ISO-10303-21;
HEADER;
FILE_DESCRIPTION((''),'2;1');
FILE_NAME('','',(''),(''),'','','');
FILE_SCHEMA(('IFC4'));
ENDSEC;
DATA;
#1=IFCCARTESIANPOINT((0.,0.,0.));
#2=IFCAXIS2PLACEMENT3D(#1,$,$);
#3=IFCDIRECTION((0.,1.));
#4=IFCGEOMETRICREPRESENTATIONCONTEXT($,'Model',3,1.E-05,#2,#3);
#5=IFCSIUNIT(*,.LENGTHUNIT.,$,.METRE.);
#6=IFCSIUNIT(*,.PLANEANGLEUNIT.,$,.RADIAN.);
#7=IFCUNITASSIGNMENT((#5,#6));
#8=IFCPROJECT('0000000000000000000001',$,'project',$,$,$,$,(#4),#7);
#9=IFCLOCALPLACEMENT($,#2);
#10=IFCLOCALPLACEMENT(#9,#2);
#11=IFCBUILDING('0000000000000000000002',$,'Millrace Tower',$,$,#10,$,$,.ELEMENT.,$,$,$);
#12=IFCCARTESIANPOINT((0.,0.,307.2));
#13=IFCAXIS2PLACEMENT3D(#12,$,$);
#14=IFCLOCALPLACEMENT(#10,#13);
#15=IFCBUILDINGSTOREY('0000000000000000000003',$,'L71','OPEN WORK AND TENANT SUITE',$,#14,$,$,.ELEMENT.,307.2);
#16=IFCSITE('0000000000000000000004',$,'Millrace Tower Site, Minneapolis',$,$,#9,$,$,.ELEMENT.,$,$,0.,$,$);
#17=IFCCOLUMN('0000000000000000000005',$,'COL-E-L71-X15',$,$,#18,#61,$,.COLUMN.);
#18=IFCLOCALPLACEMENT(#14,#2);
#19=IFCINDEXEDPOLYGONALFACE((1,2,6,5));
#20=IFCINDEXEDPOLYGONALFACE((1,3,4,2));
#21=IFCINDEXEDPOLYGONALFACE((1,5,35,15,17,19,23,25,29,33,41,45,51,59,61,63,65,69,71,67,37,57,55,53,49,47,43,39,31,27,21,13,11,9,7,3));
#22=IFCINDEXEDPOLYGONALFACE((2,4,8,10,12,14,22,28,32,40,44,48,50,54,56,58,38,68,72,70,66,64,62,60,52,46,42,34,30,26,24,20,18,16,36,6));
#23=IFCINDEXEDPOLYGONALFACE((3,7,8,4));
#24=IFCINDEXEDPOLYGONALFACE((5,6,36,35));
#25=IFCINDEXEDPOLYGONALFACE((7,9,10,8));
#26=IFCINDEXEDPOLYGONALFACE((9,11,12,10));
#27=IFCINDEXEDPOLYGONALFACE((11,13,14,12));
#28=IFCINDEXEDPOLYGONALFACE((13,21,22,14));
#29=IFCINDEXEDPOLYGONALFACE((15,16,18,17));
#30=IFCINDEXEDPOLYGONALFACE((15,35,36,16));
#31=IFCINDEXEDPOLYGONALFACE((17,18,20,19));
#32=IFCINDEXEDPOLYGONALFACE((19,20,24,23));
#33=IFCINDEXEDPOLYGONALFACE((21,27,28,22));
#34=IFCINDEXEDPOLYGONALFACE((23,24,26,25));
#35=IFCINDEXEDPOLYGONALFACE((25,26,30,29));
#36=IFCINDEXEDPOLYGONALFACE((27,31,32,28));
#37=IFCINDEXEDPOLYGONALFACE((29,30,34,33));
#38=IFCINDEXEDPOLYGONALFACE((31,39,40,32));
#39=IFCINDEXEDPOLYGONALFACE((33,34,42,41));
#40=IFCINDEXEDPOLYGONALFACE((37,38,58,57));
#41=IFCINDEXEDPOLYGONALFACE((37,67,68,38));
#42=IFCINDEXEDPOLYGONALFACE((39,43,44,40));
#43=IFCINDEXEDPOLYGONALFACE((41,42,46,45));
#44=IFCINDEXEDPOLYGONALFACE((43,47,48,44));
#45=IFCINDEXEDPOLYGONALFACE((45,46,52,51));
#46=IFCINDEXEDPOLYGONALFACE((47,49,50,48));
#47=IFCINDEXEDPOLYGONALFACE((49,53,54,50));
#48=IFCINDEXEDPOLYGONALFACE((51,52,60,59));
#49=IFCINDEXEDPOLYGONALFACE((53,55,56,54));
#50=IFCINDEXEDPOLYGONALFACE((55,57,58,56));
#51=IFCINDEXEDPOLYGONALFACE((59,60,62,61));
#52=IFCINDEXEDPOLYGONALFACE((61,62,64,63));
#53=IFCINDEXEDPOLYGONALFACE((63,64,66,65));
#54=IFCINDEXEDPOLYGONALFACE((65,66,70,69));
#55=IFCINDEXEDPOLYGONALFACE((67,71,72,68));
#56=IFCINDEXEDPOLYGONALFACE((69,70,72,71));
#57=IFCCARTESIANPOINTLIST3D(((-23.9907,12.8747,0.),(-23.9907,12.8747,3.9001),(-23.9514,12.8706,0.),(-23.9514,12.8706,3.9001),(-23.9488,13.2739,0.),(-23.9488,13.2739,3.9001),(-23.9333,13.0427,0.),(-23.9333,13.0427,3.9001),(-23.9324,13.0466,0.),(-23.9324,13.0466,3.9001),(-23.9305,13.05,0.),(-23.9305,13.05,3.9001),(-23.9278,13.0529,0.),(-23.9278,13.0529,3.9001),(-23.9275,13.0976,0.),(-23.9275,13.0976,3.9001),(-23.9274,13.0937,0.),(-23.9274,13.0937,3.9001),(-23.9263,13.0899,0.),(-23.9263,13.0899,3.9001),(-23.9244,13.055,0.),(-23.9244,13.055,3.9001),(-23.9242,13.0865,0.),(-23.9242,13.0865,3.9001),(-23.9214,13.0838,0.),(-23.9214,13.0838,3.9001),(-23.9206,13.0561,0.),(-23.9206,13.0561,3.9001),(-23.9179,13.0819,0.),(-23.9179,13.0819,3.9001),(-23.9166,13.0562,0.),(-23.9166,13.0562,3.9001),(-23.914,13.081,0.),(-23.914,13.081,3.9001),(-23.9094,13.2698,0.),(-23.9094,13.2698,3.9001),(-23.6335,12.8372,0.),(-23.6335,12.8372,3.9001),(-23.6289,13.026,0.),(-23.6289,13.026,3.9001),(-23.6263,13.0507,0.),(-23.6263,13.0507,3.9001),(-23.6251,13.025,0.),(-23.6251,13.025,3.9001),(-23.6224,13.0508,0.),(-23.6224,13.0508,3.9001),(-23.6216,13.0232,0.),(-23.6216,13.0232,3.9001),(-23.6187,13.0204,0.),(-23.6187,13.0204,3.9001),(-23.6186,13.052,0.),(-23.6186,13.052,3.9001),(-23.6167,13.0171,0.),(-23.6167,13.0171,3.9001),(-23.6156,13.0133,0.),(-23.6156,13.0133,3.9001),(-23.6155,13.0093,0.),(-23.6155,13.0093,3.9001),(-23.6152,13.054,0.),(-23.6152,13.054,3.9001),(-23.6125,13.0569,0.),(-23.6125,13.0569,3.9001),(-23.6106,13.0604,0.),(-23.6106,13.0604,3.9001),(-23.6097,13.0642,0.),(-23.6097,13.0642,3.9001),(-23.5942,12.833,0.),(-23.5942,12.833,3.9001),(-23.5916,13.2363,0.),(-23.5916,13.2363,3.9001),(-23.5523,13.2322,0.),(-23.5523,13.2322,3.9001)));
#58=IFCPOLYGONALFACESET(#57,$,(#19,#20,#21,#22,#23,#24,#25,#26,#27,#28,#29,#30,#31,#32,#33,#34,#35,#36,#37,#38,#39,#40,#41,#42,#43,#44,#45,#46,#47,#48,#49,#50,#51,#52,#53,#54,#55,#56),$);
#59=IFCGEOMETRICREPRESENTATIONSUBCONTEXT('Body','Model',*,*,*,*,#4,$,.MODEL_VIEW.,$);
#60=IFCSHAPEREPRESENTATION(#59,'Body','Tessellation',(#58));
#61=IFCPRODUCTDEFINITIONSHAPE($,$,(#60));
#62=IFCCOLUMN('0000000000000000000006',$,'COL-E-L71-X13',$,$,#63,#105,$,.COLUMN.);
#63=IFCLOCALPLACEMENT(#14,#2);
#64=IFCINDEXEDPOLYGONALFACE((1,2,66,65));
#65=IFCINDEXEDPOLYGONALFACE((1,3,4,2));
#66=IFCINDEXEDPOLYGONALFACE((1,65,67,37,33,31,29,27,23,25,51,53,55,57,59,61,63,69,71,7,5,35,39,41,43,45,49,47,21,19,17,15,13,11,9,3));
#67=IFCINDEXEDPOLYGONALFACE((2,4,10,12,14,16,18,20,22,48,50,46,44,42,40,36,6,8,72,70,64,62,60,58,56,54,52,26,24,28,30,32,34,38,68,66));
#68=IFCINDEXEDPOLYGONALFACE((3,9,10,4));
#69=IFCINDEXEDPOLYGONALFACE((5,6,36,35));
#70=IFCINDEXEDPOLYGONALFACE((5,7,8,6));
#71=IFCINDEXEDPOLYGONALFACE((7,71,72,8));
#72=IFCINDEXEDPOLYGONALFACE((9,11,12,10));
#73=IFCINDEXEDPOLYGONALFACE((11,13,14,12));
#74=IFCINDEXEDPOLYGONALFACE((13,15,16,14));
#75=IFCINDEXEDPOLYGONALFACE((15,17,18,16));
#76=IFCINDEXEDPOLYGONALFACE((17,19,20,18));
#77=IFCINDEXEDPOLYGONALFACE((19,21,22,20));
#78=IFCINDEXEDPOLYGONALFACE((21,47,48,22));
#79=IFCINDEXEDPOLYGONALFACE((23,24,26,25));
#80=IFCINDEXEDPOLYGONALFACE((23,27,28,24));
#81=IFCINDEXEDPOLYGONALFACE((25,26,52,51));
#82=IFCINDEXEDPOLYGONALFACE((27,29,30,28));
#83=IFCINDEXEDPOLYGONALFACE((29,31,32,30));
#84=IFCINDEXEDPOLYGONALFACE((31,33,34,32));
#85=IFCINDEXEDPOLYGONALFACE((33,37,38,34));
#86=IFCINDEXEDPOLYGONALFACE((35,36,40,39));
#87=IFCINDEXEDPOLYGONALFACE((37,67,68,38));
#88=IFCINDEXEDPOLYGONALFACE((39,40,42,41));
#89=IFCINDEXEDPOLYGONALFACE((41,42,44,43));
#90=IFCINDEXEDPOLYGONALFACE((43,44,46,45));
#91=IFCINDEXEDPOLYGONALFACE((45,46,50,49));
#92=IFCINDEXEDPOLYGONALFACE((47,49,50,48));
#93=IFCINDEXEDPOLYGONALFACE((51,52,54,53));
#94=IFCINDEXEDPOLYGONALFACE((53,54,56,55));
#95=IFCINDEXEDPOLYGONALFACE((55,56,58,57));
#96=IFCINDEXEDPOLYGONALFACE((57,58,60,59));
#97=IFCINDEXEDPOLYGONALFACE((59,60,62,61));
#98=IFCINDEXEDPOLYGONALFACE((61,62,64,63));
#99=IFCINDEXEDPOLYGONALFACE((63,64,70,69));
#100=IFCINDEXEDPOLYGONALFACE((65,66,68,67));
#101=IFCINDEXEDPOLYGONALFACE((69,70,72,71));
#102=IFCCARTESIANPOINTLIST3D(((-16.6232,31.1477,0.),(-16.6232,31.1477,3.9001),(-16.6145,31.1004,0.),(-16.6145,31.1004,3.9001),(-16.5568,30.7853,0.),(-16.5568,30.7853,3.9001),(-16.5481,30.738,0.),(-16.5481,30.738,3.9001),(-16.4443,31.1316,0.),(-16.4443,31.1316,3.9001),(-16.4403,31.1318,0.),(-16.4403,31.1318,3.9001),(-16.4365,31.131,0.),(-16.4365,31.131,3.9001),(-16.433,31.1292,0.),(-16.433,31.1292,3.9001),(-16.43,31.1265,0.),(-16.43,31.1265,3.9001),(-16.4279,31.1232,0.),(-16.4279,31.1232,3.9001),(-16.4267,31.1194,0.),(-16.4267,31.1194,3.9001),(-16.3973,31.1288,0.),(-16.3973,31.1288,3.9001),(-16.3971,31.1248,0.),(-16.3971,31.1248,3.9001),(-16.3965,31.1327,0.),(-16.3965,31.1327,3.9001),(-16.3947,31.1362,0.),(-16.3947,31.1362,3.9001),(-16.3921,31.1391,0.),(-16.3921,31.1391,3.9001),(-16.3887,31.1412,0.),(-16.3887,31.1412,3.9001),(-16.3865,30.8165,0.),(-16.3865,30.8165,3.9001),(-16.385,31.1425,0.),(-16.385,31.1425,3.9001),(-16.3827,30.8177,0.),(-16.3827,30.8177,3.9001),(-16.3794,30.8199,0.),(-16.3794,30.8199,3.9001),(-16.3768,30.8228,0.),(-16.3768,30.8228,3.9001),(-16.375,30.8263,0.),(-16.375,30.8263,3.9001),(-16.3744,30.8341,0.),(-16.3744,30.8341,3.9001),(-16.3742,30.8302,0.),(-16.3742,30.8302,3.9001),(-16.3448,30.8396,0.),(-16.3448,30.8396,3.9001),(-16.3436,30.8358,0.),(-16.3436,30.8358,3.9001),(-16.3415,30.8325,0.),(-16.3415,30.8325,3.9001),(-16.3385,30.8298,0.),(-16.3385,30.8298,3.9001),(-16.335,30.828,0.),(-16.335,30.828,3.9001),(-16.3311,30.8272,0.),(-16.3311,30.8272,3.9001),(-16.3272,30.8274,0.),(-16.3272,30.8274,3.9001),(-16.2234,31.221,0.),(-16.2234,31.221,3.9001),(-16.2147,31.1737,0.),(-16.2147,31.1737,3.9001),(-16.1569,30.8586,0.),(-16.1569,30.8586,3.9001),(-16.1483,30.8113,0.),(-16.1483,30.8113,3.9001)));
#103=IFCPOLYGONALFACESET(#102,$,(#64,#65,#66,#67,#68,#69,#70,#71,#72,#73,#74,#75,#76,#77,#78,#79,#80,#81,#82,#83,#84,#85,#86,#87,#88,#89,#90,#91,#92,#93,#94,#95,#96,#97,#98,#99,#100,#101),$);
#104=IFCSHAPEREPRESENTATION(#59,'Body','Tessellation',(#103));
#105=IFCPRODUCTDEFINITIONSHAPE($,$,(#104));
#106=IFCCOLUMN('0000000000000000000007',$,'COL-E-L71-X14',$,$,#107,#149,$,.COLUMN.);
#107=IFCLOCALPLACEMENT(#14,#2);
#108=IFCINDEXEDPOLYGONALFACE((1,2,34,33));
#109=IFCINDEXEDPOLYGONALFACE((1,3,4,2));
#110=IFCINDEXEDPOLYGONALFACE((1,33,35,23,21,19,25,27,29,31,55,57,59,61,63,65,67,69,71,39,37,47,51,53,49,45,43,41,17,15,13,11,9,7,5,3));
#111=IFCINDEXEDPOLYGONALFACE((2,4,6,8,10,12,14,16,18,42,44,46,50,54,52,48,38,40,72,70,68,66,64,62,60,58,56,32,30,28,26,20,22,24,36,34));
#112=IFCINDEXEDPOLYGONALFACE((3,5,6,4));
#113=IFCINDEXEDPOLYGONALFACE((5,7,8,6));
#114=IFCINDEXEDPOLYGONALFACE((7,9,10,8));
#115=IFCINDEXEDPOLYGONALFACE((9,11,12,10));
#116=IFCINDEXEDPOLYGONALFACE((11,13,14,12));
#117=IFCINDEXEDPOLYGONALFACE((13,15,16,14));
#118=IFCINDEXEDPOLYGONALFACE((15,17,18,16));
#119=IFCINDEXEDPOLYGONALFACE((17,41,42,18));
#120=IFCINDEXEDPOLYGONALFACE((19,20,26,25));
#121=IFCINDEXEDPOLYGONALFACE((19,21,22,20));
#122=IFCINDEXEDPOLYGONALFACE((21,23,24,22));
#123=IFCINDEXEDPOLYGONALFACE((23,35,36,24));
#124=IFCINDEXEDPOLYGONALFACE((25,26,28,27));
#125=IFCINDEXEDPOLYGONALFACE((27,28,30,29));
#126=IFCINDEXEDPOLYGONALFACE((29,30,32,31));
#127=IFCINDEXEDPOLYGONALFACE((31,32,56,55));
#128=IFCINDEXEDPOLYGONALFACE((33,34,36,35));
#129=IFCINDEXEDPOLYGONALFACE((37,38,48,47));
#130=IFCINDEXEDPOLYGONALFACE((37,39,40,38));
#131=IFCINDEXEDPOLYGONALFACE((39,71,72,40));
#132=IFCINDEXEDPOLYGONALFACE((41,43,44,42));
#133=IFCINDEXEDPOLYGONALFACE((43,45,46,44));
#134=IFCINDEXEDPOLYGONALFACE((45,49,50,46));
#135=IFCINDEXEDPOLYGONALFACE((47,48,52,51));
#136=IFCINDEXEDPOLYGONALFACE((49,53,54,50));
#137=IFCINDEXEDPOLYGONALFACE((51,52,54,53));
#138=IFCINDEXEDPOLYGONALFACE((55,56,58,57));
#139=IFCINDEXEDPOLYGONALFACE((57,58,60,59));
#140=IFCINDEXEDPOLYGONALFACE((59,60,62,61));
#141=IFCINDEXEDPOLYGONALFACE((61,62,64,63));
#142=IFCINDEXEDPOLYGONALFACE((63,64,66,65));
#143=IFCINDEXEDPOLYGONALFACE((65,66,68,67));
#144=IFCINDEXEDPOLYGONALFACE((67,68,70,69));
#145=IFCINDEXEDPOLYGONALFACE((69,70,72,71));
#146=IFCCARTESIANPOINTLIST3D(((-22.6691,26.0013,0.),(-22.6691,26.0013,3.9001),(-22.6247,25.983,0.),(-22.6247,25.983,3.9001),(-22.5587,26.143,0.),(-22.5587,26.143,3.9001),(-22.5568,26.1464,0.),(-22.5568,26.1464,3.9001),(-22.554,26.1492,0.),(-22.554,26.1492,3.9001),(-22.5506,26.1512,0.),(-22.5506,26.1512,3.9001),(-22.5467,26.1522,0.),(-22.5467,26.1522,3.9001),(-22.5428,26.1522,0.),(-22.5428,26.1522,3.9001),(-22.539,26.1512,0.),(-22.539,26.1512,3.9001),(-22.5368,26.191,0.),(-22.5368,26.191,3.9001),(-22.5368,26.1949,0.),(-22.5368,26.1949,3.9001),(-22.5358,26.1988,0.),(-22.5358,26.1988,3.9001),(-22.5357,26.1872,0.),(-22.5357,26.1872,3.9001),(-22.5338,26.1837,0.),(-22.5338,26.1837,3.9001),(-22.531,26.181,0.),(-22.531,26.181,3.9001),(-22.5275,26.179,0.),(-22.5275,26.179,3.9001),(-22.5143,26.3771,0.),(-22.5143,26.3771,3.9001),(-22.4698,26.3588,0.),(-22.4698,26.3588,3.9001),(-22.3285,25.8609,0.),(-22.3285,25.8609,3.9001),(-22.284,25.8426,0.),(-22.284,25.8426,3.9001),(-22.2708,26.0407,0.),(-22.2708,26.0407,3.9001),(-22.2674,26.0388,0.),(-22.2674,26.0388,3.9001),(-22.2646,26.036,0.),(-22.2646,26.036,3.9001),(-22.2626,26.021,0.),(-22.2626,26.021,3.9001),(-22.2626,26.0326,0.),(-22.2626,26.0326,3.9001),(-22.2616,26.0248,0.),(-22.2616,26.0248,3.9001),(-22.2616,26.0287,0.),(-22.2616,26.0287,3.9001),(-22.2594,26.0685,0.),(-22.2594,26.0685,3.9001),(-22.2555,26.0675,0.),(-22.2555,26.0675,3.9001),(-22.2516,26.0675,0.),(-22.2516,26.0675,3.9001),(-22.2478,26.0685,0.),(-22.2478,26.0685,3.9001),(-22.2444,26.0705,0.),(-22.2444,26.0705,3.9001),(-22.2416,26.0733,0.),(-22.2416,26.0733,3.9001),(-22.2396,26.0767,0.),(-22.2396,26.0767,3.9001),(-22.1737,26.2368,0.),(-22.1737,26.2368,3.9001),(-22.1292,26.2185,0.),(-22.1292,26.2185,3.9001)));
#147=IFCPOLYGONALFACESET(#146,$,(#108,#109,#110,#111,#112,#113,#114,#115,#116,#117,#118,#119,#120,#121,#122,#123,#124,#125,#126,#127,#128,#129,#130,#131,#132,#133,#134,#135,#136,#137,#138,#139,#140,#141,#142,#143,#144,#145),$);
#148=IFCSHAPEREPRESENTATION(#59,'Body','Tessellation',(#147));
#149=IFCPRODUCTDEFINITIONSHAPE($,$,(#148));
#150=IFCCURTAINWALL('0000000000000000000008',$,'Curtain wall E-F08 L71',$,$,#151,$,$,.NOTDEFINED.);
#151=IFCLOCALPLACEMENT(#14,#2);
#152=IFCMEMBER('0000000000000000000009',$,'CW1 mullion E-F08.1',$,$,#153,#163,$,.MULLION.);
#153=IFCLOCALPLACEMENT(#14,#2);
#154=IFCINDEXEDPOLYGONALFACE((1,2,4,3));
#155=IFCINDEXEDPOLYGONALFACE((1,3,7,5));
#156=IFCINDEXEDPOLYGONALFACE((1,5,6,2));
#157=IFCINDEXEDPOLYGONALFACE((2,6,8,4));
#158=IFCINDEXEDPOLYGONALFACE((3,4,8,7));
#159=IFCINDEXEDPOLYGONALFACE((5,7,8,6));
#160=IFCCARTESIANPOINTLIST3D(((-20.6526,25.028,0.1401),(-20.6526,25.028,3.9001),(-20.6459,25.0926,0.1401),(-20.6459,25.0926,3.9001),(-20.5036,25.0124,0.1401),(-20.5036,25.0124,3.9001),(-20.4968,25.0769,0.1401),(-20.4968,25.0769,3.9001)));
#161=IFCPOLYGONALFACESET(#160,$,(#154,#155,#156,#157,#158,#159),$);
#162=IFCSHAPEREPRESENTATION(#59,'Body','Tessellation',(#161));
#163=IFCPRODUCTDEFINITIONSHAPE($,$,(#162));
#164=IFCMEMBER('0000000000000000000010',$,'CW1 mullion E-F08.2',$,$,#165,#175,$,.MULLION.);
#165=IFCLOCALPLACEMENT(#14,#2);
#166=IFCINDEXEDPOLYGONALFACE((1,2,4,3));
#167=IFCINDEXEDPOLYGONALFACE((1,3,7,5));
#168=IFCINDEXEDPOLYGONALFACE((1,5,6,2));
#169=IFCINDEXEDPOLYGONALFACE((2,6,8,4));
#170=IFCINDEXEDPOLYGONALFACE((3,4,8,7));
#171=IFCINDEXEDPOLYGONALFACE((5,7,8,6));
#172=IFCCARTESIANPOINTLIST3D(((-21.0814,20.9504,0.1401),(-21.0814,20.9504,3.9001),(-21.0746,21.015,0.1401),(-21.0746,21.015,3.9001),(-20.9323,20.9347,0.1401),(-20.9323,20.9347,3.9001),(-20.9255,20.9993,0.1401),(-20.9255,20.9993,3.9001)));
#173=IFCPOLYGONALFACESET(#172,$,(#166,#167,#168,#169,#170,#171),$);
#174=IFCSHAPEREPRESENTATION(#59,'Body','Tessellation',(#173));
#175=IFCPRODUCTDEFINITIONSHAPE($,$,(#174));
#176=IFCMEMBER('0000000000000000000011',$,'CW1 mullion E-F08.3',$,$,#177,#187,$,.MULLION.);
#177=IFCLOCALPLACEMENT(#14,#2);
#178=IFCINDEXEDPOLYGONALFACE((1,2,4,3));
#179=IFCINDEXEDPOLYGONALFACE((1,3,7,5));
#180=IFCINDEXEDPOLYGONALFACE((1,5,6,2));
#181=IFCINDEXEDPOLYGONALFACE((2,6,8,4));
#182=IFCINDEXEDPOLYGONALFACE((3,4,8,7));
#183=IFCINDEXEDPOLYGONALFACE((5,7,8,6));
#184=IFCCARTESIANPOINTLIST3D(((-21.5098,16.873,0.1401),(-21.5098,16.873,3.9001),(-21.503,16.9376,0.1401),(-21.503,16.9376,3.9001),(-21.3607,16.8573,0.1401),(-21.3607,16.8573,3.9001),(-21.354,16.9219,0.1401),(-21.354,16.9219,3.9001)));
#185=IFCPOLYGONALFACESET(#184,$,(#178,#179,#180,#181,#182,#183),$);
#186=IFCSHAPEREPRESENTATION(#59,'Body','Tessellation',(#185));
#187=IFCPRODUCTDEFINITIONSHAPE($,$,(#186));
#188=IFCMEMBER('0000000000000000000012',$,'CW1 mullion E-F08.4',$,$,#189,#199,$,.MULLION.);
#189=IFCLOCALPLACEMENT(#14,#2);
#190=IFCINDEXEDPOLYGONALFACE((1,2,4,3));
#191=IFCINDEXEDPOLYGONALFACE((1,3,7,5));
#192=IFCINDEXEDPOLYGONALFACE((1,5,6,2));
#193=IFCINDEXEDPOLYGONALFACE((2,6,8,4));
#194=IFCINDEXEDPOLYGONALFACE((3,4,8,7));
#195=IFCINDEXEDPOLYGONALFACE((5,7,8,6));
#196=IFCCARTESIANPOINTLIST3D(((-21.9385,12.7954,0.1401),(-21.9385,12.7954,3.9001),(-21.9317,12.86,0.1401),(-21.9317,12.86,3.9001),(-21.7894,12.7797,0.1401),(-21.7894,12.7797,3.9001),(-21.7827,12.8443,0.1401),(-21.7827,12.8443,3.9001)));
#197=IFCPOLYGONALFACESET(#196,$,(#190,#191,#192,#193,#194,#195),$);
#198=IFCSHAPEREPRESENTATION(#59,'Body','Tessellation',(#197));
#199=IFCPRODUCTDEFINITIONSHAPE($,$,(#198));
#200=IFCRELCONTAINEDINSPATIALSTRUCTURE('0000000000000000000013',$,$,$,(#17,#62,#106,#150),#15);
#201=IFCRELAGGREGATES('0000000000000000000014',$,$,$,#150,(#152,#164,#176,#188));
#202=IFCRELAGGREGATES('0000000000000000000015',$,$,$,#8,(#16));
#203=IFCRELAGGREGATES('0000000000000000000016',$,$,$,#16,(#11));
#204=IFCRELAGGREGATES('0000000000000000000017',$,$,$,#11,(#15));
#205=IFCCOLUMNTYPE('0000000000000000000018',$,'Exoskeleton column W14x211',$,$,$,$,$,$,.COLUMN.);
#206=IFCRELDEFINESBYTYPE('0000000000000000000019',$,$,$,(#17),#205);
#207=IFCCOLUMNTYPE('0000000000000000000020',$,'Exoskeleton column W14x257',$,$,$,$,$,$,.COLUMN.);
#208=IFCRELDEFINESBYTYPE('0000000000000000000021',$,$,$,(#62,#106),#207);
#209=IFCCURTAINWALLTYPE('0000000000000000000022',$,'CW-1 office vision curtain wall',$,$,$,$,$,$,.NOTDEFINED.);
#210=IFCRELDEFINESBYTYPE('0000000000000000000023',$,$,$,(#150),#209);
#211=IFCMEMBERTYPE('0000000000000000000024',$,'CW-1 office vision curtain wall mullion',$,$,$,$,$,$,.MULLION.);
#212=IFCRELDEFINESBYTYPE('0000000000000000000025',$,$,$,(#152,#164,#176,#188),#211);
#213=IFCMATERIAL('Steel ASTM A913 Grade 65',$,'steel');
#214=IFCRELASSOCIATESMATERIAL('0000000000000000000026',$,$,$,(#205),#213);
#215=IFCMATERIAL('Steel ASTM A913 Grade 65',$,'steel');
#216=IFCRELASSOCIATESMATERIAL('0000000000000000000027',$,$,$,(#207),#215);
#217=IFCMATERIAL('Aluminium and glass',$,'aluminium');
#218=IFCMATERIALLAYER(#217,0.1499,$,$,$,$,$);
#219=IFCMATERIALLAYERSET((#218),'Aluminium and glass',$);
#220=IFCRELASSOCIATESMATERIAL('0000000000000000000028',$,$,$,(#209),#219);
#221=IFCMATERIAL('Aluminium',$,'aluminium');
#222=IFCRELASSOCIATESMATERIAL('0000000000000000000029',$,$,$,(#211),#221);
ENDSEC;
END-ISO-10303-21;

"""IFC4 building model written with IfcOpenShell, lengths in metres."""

from ifc_helpers import new_model, si_unit, direction, frame, origin, origin_2d, place, context, subcontext, project, spatial, rectangle, i_section, extrude, material, layer, layer_set, material_profile, profile_set, type_object, element, aggregate, save


model = new_model("IFC4")

# Units and contexts
model_context = context("Model", 3, precision=1e-05, world=origin(), true_north=direction((0.0, 1.0)))
body_context = subcontext(model_context, "Body", "Model", "MODEL_VIEW")
ifc_project = project(units=[si_unit("LENGTHUNIT", "METRE"), si_unit("PLANEANGLEUNIT", "RADIAN")], contexts=[model_context])

# Site, building, storey
site_placement = place(None, origin())
site = spatial("IfcSite", under=ifc_project, at=site_placement, Name="Millrace Tower Site, Minneapolis", CompositionType="ELEMENT", RefElevation=0.0)
building_placement = place(site_placement, origin())
building = spatial("IfcBuilding", under=site, at=building_placement, Name="Millrace Tower", CompositionType="ELEMENT")
storey_placement = place(building_placement, frame((0.0, 0.0, 307.2)))
storey = spatial("IfcBuildingStorey", under=building, at=storey_placement, Name="L71", Description="OPEN WORK AND TENANT SUITE", CompositionType="ELEMENT", Elevation=307.2)

# Columns
ifc_material_1 = material(Name="Steel ASTM A913 Grade 65", Category="steel")
ifc_material_profile_1 = material_profile(ifc_material_1, i_section(OverallWidth=0.4014, OverallDepth=0.3987, WebThickness=0.0249, FlangeThickness=0.0396, FilletRadius=0.0151, at=origin_2d()))
ifc_profile_set_1 = profile_set([ifc_material_profile_1], Name="Steel ASTM A913 Grade 65")
column_type_1 = type_object("IfcColumnType", Name="Exoskeleton column W14x211", PredefinedType="COLUMN", material=ifc_profile_set_1)
column_placement = place(storey_placement, frame((-23.7715, 13.0535, 0.0), z_axis=(0.0, 0.0, 1.0), x_axis=(-0.104528, -0.994522, 0.0)))
element("IfcColumn", 1, at=column_placement, inside=storey, type_object=column_type_1, Name="COL-E-L71-X15", PredefinedType="COLUMN", context=body_context, shape_type="SweptSolid", body=[
    extrude(i_section(OverallWidth=0.4014, OverallDepth=0.3987, WebThickness=0.0249, FlangeThickness=0.0396, FilletRadius=0.0151, at=origin_2d()), origin(), (0.0, 0.0, 1.0), 3.9001),
])
ifc_material_2 = material(Name="Steel ASTM A913 Grade 65", Category="steel")
ifc_material_profile_2 = material_profile(ifc_material_2, i_section(OverallWidth=0.4065, OverallDepth=0.4165, WebThickness=0.03, FlangeThickness=0.0481, FilletRadius=0.0151, at=origin_2d()))
ifc_profile_set_2 = profile_set([ifc_material_profile_2], Name="Steel ASTM A913 Grade 65")
column_type_2 = type_object("IfcColumnType", Name="Exoskeleton column W14x257", PredefinedType="COLUMN", material=ifc_profile_set_2)
for number, where, z_axis, x_axis, name in (
    (2, (-16.3857, 30.9795, 0.0), (0.0, 0.0, 1.0), (-0.983596, -0.180387, 0.0), "COL-E-L71-X13"),
    (3, (-22.3992, 26.1099, 0.0), (0.0, 0.0, 1.0), (-0.380947, -0.924597, 0.0), "COL-E-L71-X14"),
):
    element("IfcColumn", number, at=place(storey_placement, frame(where, z_axis=z_axis, x_axis=x_axis)), inside=storey, type_object=column_type_2, Name=name, PredefinedType="COLUMN", context=body_context, shape_type="SweptSolid", body=[
        extrude(i_section(OverallWidth=0.4065, OverallDepth=0.4165, WebThickness=0.03, FlangeThickness=0.0481, FilletRadius=0.0151, at=origin_2d()), origin(), (0.0, 0.0, 1.0), 3.9001),
    ])

# Curtain wall, members
ifc_material_3 = material(Name="Aluminium and glass", Category="aluminium")
ifc_layer_1 = layer(ifc_material_3, 0.1499)
ifc_layer_set_1 = layer_set([ifc_layer_1], Name="Aluminium and glass")
curtain_wall_type = type_object("IfcCurtainWallType", Name="CW-1 office vision curtain wall", PredefinedType="NOTDEFINED", material=ifc_layer_set_1)
curtain_wall_placement = place(storey_placement, origin())
curtain_wall = element("IfcCurtainWall", 4, at=curtain_wall_placement, inside=storey, type_object=curtain_wall_type, Name="Curtain wall E-F08 L71", PredefinedType="NOTDEFINED")
ifc_material_4 = material(Name="Aluminium", Category="aluminium")
ifc_material_profile_3 = material_profile(ifc_material_4, rectangle(XDim=0.0649, YDim=0.1499, at=origin_2d()))
ifc_profile_set_3 = profile_set([ifc_material_profile_3], Name="Aluminium")
member_type_1 = type_object("IfcMemberType", Name="CW-1 office vision curtain wall mullion", PredefinedType="MULLION", material=ifc_profile_set_3)
member_1_placement = place(storey_placement, frame((-20.5747, 25.0525, 0.1401), z_axis=(0.0, 0.0, 1.0), x_axis=(-0.104528, -0.994522, 0.0)))
member_1 = element("IfcMember", 5, at=member_1_placement, type_object=member_type_1, Name="CW1 mullion E-F08.1", PredefinedType="MULLION", context=body_context, shape_type="SweptSolid", body=[
    extrude(rectangle(XDim=0.0649, YDim=0.1499, at=origin_2d()), origin(), (0.0, 0.0, 1.0), 3.76),
])
member_2_placement = place(storey_placement, frame((-21.0034, 20.9749, 0.1401), z_axis=(0.0, 0.0, 1.0), x_axis=(-0.104528, -0.994522, 0.0)))
member_2 = element("IfcMember", 6, at=member_2_placement, type_object=member_type_1, Name="CW1 mullion E-F08.2", PredefinedType="MULLION", context=body_context, shape_type="SweptSolid", body=[
    extrude(rectangle(XDim=0.0649, YDim=0.1499, at=origin_2d()), origin(), (0.0, 0.0, 1.0), 3.76),
])
member_3_placement = place(storey_placement, frame((-21.4319, 16.8975, 0.1401), z_axis=(0.0, 0.0, 1.0), x_axis=(-0.104528, -0.994522, 0.0)))
member_3 = element("IfcMember", 7, at=member_3_placement, type_object=member_type_1, Name="CW1 mullion E-F08.3", PredefinedType="MULLION", context=body_context, shape_type="SweptSolid", body=[
    extrude(rectangle(XDim=0.0649, YDim=0.1499, at=origin_2d()), origin(), (0.0, 0.0, 1.0), 3.76),
])
member_4_placement = place(storey_placement, frame((-21.8606, 12.8198, 0.1401), z_axis=(0.0, 0.0, 1.0), x_axis=(-0.104528, -0.994522, 0.0)))
member_4 = element("IfcMember", 8, at=member_4_placement, type_object=member_type_1, Name="CW1 mullion E-F08.4", PredefinedType="MULLION", context=body_context, shape_type="SweptSolid", body=[
    extrude(rectangle(XDim=0.0649, YDim=0.1499, at=origin_2d()), origin(), (0.0, 0.0, 1.0), 3.76),
])
aggregate(curtain_wall, [member_1, member_2, member_3, member_4])

save(model, "model.ifc")
